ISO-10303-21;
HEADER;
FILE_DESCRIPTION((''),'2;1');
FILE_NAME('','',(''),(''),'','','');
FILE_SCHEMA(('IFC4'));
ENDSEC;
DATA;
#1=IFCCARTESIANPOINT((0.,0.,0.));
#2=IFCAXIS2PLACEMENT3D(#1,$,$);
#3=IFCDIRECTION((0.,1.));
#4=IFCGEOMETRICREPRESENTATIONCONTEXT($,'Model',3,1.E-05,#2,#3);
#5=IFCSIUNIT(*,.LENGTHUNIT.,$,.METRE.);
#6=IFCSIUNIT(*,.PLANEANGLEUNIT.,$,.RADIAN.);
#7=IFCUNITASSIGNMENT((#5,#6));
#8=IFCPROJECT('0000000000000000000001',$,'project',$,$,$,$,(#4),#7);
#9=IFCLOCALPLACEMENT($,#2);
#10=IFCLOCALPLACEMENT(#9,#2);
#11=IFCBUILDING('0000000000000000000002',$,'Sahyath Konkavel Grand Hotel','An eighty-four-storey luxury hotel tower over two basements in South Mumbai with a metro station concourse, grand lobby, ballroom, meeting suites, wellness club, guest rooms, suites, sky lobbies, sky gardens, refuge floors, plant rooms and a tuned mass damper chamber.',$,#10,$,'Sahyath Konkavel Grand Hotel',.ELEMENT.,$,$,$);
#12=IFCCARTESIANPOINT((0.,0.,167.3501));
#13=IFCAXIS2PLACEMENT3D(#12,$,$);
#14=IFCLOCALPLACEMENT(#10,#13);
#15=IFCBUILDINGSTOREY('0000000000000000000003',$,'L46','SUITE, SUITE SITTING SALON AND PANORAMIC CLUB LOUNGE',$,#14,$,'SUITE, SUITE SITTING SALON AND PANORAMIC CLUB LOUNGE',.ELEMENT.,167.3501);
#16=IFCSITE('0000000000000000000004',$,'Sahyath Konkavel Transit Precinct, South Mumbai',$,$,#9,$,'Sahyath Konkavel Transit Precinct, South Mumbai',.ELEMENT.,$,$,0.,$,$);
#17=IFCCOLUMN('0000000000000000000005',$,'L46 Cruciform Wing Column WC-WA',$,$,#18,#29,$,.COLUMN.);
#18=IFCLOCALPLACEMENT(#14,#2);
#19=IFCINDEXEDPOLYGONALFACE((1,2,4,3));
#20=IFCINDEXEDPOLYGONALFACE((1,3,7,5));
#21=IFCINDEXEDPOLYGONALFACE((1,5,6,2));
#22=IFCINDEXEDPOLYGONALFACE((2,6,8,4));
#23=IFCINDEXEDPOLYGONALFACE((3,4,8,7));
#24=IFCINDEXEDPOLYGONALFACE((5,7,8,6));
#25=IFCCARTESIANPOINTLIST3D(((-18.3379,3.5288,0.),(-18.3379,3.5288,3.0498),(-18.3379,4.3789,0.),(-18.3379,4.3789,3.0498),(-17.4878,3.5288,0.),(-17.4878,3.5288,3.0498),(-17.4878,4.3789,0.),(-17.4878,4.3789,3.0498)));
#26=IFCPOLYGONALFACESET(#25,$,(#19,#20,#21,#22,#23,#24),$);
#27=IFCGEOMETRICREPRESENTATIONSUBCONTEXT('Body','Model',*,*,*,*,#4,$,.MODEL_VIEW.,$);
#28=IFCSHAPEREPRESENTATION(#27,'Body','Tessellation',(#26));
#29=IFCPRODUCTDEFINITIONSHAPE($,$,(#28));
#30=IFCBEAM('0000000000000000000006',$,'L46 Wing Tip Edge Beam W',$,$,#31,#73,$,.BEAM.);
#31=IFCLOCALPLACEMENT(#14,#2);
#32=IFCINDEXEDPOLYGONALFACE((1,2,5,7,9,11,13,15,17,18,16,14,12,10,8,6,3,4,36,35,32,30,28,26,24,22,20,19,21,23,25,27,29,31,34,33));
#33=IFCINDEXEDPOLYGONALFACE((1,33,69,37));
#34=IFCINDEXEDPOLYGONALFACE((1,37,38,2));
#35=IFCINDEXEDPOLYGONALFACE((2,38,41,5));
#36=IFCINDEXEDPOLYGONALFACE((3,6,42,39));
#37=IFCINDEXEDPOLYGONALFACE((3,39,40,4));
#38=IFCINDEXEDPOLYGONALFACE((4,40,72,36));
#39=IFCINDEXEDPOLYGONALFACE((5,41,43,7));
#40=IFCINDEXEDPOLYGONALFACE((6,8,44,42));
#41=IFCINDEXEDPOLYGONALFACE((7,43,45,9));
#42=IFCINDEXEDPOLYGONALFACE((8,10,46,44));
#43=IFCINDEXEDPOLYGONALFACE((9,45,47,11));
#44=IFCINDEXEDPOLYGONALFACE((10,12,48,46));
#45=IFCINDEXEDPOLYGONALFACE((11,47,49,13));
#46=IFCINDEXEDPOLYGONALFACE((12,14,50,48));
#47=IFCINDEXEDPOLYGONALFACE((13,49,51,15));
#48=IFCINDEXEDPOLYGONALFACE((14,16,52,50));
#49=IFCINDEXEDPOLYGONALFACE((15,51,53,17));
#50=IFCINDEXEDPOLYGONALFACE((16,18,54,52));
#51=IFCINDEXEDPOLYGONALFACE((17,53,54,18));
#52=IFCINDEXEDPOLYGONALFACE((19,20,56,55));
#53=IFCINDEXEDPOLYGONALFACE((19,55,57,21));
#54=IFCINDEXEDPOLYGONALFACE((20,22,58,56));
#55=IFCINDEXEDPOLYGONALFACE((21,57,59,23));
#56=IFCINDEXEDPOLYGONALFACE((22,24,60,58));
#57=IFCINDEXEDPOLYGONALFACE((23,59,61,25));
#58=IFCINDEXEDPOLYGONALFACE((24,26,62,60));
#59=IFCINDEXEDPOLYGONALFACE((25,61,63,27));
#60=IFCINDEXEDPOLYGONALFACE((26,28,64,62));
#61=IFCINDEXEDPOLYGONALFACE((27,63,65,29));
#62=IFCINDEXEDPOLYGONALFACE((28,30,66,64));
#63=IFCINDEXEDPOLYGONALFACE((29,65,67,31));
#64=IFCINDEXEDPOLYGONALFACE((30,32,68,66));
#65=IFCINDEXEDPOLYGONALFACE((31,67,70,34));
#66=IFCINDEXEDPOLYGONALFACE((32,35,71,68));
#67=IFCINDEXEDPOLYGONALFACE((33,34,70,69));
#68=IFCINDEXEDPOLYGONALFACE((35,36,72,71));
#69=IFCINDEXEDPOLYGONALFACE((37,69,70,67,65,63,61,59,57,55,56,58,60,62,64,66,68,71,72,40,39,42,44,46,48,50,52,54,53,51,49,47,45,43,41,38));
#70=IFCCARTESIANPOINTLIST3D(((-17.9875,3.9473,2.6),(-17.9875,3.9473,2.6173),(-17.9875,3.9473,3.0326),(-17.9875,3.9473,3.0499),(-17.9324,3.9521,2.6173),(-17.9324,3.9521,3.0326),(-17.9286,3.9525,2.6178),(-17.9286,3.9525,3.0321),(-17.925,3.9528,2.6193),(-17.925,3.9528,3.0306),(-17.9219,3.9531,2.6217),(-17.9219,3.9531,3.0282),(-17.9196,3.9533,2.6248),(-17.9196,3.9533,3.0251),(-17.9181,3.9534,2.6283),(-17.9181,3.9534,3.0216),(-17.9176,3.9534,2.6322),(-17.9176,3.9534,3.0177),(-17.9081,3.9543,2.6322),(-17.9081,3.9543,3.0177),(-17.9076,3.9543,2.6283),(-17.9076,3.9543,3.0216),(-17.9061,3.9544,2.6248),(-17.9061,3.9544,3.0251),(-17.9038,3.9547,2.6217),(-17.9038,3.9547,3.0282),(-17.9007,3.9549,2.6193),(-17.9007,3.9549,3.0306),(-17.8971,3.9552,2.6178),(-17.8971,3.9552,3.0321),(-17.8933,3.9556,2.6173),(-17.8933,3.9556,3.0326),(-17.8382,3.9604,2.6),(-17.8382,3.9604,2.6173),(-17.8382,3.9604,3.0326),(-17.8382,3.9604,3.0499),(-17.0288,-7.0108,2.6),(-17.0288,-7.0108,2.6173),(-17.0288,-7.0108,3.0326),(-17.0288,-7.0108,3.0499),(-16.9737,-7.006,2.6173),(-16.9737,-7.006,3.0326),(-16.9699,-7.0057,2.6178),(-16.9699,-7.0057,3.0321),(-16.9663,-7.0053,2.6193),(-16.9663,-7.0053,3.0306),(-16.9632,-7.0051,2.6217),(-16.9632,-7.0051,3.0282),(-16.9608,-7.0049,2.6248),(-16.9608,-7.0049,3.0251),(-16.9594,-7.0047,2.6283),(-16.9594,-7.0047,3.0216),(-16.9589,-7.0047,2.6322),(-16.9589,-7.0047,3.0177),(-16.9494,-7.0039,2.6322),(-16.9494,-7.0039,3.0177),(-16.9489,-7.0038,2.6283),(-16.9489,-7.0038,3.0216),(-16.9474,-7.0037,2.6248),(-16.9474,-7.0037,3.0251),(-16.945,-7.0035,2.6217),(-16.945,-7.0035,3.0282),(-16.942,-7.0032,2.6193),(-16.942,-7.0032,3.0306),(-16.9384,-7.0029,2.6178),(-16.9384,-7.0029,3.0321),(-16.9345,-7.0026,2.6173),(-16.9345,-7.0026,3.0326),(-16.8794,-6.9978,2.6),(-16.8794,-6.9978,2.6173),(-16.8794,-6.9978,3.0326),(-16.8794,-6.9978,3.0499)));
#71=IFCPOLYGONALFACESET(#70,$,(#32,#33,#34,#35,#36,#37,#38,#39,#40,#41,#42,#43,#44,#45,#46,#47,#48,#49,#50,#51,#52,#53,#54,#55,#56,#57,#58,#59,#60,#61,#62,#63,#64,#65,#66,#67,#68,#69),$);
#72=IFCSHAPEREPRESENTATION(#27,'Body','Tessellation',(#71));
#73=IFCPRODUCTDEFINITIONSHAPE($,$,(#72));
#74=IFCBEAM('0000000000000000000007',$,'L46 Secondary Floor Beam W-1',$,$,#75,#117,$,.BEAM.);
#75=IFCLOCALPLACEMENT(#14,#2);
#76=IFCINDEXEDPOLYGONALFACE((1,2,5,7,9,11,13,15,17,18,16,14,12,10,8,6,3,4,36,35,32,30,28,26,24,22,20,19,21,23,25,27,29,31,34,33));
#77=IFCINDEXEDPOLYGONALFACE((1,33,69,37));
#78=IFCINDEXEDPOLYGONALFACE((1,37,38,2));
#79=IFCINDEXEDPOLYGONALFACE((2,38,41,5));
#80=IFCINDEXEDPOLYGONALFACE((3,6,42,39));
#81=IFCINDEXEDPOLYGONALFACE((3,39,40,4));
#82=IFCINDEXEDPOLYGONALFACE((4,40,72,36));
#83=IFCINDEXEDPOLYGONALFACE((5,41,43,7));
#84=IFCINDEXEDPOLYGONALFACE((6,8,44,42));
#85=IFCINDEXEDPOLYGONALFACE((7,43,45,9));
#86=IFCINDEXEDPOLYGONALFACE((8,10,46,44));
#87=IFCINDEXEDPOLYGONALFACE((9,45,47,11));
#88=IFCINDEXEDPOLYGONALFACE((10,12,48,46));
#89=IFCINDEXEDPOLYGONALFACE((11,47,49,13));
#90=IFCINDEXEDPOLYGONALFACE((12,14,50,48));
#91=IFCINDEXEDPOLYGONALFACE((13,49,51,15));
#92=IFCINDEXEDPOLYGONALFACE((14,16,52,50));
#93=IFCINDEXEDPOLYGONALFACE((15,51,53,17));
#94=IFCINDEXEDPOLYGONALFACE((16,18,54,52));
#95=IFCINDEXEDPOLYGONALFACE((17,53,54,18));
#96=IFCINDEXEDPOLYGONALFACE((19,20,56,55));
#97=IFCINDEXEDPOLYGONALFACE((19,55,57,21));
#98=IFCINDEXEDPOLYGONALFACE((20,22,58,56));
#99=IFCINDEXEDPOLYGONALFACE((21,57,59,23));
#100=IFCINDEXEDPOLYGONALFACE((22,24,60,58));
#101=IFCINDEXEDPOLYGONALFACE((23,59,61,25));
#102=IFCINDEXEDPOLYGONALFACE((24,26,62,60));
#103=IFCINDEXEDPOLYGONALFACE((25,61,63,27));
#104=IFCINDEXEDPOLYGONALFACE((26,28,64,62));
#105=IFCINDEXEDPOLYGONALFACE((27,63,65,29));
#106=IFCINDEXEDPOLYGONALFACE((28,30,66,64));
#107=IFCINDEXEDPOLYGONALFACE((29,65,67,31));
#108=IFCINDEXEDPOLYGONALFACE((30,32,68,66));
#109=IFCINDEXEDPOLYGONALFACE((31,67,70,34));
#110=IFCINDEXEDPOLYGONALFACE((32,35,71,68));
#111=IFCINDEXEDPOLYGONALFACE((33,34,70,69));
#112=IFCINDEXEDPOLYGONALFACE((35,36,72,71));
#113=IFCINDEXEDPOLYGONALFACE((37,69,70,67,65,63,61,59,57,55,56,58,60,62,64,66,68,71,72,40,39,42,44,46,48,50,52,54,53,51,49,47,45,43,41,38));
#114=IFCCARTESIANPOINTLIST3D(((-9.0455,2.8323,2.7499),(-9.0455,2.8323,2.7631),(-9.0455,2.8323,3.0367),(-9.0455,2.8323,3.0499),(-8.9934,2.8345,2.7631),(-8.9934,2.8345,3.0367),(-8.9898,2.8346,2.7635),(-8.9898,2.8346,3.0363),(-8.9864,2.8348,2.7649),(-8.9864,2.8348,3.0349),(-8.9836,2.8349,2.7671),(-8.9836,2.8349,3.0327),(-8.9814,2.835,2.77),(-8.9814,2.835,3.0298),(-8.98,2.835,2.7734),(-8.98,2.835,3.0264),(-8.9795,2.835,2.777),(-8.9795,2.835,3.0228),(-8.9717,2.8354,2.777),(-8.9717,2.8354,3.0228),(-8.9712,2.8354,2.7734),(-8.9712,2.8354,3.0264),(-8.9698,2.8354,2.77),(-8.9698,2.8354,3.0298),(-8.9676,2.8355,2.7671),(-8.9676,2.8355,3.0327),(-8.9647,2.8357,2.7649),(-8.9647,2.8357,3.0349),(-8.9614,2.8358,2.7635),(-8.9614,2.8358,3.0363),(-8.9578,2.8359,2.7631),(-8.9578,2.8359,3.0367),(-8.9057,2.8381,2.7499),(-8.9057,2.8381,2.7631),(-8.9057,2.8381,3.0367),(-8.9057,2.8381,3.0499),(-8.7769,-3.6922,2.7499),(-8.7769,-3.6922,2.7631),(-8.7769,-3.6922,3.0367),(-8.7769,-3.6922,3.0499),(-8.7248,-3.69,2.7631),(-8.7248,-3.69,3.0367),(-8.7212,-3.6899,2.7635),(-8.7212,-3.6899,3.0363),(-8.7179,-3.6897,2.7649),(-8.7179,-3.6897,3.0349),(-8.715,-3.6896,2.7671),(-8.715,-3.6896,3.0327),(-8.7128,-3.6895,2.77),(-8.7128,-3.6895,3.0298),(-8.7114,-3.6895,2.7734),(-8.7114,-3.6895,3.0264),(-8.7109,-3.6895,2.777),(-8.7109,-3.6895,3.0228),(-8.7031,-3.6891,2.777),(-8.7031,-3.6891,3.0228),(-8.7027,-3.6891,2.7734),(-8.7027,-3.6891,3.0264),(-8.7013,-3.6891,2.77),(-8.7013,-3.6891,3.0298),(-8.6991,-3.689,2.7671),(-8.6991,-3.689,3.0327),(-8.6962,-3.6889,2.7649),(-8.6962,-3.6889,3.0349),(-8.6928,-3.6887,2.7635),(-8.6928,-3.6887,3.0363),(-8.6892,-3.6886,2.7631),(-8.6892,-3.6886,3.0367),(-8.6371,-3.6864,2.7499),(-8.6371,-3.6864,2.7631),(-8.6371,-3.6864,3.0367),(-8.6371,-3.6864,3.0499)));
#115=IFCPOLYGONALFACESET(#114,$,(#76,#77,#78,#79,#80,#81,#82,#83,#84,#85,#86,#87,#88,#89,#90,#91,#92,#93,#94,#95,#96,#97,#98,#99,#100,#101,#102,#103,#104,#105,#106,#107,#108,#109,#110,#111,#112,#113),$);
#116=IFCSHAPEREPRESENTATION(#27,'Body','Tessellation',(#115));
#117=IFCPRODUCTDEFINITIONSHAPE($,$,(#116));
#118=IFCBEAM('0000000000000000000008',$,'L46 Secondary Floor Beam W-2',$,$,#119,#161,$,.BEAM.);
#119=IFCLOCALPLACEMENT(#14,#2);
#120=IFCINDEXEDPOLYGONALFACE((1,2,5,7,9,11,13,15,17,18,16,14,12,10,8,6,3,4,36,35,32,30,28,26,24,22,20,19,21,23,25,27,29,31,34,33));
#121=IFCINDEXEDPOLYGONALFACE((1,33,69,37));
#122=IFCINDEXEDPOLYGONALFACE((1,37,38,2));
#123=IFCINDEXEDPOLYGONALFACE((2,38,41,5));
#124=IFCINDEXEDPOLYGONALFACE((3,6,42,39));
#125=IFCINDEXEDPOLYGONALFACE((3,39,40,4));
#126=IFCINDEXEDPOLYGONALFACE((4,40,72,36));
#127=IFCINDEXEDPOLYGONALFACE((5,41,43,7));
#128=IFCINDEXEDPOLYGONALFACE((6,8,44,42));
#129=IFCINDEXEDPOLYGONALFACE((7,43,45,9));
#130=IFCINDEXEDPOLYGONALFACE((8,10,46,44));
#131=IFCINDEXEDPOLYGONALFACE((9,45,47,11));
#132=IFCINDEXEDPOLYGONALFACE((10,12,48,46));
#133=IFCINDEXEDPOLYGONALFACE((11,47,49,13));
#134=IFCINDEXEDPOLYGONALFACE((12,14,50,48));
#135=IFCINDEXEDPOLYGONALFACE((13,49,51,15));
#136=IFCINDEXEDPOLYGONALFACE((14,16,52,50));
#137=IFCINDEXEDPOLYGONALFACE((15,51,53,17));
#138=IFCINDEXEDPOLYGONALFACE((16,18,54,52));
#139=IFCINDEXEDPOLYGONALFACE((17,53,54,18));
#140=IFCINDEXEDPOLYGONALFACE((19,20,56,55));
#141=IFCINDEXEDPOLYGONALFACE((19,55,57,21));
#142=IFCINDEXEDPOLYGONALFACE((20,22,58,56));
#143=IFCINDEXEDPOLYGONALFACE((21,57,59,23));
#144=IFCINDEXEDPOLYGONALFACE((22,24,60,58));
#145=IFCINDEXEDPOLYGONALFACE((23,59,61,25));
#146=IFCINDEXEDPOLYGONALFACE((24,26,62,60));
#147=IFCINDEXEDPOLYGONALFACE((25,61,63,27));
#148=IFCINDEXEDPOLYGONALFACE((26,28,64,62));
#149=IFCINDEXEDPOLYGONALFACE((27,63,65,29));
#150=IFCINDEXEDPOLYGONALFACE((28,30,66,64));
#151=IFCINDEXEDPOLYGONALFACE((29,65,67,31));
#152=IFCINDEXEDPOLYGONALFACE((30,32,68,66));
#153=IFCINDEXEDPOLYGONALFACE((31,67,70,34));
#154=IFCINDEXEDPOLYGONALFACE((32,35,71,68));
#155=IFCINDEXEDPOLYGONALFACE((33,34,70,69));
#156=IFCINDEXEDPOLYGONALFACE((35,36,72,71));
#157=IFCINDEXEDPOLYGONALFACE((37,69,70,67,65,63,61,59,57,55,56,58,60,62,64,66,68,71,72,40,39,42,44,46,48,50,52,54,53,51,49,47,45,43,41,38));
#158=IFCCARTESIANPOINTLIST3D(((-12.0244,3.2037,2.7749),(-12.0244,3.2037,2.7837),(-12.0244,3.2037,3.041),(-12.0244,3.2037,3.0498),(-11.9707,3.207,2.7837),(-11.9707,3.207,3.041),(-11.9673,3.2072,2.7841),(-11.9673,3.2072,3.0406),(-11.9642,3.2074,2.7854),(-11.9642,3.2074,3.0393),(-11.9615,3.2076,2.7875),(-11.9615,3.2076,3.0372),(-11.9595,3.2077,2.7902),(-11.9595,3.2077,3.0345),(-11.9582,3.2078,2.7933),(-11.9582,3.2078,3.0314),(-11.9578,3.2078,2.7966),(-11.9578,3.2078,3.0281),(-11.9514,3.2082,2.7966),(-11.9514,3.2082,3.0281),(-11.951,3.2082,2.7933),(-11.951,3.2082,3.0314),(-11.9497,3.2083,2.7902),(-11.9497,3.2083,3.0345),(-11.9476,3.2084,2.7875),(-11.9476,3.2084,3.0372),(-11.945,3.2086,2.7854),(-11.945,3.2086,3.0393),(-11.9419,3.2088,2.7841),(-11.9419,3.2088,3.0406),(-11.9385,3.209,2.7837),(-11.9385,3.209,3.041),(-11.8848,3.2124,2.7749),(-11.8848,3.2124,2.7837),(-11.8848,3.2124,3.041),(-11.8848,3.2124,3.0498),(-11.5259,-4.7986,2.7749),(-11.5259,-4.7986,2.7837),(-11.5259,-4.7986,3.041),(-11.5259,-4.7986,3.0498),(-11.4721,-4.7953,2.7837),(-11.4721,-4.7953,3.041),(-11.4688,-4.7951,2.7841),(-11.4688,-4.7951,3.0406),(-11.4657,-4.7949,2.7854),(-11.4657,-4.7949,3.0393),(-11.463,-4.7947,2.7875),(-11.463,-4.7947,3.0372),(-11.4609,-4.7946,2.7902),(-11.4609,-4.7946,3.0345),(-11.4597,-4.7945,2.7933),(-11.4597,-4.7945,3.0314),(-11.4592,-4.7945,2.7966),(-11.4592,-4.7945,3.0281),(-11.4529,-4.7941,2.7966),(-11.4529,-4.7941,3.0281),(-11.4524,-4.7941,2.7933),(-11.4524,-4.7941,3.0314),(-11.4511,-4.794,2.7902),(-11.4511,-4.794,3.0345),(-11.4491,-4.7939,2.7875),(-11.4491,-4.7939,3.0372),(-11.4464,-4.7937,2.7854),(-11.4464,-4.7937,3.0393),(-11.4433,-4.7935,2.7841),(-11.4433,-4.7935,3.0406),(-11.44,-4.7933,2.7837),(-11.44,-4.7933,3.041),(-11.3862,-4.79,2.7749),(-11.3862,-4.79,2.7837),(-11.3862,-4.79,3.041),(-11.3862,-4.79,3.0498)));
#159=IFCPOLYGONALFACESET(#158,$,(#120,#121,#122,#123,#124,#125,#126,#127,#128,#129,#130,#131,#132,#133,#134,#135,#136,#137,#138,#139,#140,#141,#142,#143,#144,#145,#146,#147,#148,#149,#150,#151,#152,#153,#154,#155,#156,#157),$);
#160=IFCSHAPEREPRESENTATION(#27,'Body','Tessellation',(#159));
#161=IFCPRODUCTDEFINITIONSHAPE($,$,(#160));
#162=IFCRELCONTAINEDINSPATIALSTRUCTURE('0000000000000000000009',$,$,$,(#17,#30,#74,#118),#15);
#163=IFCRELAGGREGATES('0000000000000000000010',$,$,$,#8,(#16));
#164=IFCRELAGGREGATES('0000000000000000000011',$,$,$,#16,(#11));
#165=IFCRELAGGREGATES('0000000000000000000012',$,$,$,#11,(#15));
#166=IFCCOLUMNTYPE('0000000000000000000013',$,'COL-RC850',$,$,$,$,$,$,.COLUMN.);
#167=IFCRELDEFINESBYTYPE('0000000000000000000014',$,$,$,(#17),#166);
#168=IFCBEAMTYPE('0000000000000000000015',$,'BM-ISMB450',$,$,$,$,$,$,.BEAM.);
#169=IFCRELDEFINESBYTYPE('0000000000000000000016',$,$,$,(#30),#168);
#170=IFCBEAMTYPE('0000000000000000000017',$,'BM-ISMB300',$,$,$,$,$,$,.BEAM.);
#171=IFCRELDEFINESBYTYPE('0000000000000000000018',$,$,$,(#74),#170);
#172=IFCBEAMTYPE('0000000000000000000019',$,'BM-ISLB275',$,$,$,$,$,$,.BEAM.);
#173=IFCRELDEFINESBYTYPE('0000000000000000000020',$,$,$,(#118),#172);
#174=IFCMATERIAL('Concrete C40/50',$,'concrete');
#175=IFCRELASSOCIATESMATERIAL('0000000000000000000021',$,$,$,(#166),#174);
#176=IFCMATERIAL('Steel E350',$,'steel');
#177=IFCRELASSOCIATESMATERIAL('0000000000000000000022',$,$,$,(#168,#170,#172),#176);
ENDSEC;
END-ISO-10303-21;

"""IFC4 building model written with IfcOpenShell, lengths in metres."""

from ifc_helpers import new_model, si_unit, direction, frame, origin, origin_2d, place, context, subcontext, project, spatial, rectangle, i_section, extrude, source, transform, mapped, material, material_profile, profile_set, type_object, element, save


model = new_model("IFC4")

# Units and contexts
model_context = context("Model", 3, precision=1e-05, world=origin(), true_north=direction((0.0, 1.0)))
body_context = subcontext(model_context, "Body", "Model", "MODEL_VIEW")
ifc_project = project(units=[si_unit("LENGTHUNIT", "METRE"), si_unit("PLANEANGLEUNIT", "RADIAN")], contexts=[model_context])

# Site, building, storey
site_placement = place(None, origin())
site = spatial("IfcSite", under=ifc_project, at=site_placement, Name="Sahyath Konkavel Transit Precinct, South Mumbai", LongName="Sahyath Konkavel Transit Precinct, South Mumbai", CompositionType="ELEMENT", RefElevation=0.0)
building_placement = place(site_placement, origin())
building = spatial("IfcBuilding", under=site, at=building_placement, Name="Sahyath Konkavel Grand Hotel", Description="An eighty-four-storey luxury hotel tower over two basements in South Mumbai with a metro station concourse, grand lobby, ballroom, meeting suites, wellness club, guest rooms, suites, sky lobbies, sky gardens, refuge floors, plant rooms and a tuned mass damper chamber.", LongName="Sahyath Konkavel Grand Hotel", CompositionType="ELEMENT")
storey_placement = place(building_placement, frame((0.0, 0.0, 167.3501)))
storey = spatial("IfcBuildingStorey", under=building, at=storey_placement, Name="L46", Description="SUITE, SUITE SITTING SALON AND PANORAMIC CLUB LOUNGE", LongName="SUITE, SUITE SITTING SALON AND PANORAMIC CLUB LOUNGE", CompositionType="ELEMENT", Elevation=167.3501)

# Column
ifc_material_1 = material(Name="Concrete C40/50", Category="concrete")
ifc_material_profile_1 = material_profile(ifc_material_1, rectangle(XDim=0.8501, YDim=0.8501, at=origin_2d()), Name="RC 850x850")
ifc_profile_set_1 = profile_set([ifc_material_profile_1], Name="Concrete C40/50")
column_type = type_object("IfcColumnType", Name="COL-RC850", PredefinedType="COLUMN", material=ifc_profile_set_1)
shared_shape_1 = source(origin(), body_context, "Body", "SweptSolid", [
    extrude(rectangle(XDim=0.8501, YDim=0.8501, at=origin_2d()), origin(), (0.0, 0.0, 1.0), 3.0498),
])
column_placement = place(storey_placement, frame((-17.9128, 3.9539, 0.0), z_axis=(0.0, 0.0, 1.0), x_axis=(1.0, 0.0, 0.0)))
element("IfcColumn", 1, at=column_placement, inside=storey, type_object=column_type, Name="L46 Cruciform Wing Column WC-WA", PredefinedType="COLUMN", context=body_context, shape_type="MappedRepresentation", body=[
    mapped(shared_shape_1, transform((0.0, 0.0, 0.0), scale=1.0)),
])

# Beams
ifc_material_2 = material(Name="Steel E350", Category="steel")
ifc_material_profile_2 = material_profile(ifc_material_2, i_section(OverallWidth=0.1499, OverallDepth=0.45, WebThickness=0.0095, FlangeThickness=0.0173, FilletRadius=0.0149, at=origin_2d()), Name="ISMB 450")
ifc_profile_set_2 = profile_set([ifc_material_profile_2], Name="Steel E350")
beam_type_1 = type_object("IfcBeamType", Name="BM-ISMB450", PredefinedType="BEAM", material=ifc_profile_set_2)
shared_shape_2 = source(origin(), body_context, "Body", "SweptSolid", [
    extrude(i_section(OverallWidth=0.1499, OverallDepth=0.45, WebThickness=0.0095, FlangeThickness=0.0173, FilletRadius=0.0149, at=origin_2d()), origin(), (0.0, 0.0, 1.0), 11.0),
])
beam_1_placement = place(storey_placement, frame((-17.9128, 3.9539, 2.825), z_axis=(0.087157, -0.996195, 0.0), x_axis=(0.996195, 0.087157, 0.0)))
element("IfcBeam", 2, at=beam_1_placement, inside=storey, type_object=beam_type_1, Name="L46 Wing Tip Edge Beam W", PredefinedType="BEAM", context=body_context, shape_type="MappedRepresentation", body=[
    mapped(shared_shape_2, transform((0.0, 0.0, 0.0), scale=1.0)),
])
ifc_material_profile_3 = material_profile(ifc_material_2, i_section(OverallWidth=0.1399, OverallDepth=0.3, WebThickness=0.0078, FlangeThickness=0.0132, FilletRadius=0.0139, at=origin_2d()), Name="ISMB 300")
ifc_profile_set_3 = profile_set([ifc_material_profile_3], Name="Steel E350")
beam_type_2 = type_object("IfcBeamType", Name="BM-ISMB300", PredefinedType="BEAM", material=ifc_profile_set_3)
shared_shape_3 = source(origin(), body_context, "Body", "SweptSolid", [
    extrude(i_section(OverallWidth=0.1399, OverallDepth=0.3, WebThickness=0.0078, FlangeThickness=0.0132, FilletRadius=0.0139, at=origin_2d()), origin(), (0.0, 0.0, 1.0), 6.53),
])
beam_2_placement = place(storey_placement, frame((-8.9756, 2.8352, 2.8999), z_axis=(0.041127, -0.999154, 0.0), x_axis=(0.999154, 0.041127, 0.0)))
element("IfcBeam", 3, at=beam_2_placement, inside=storey, type_object=beam_type_2, Name="L46 Secondary Floor Beam W-1", PredefinedType="BEAM", context=body_context, shape_type="MappedRepresentation", body=[
    mapped(shared_shape_3, transform((0.0, 0.0, 0.0), scale=1.0)),
])
ifc_material_profile_4 = material_profile(ifc_material_2, i_section(OverallWidth=0.1399, OverallDepth=0.2749, WebThickness=0.0063, FlangeThickness=0.0088, FilletRadius=0.0129, at=origin_2d()), Name="ISLB 275")
ifc_profile_set_4 = profile_set([ifc_material_profile_4], Name="Steel E350")
beam_type_3 = type_object("IfcBeamType", Name="BM-ISLB275", PredefinedType="BEAM", material=ifc_profile_set_4)
shared_shape_4 = source(origin(), body_context, "Body", "SweptSolid", [
    extrude(i_section(OverallWidth=0.1399, OverallDepth=0.2749, WebThickness=0.0063, FlangeThickness=0.0088, FilletRadius=0.0129, at=origin_2d()), origin(), (0.0, 0.0, 1.0), 8.0178),
])
beam_3_placement = place(storey_placement, frame((-11.9546, 3.208, 2.9124), z_axis=(0.062179, -0.998065, 0.0), x_axis=(0.998065, 0.062179, 0.0)))
element("IfcBeam", 4, at=beam_3_placement, inside=storey, type_object=beam_type_3, Name="L46 Secondary Floor Beam W-2", PredefinedType="BEAM", context=body_context, shape_type="MappedRepresentation", body=[
    mapped(shared_shape_4, transform((0.0, 0.0, 0.0), scale=1.0)),
])

save(model, "model.ifc")
